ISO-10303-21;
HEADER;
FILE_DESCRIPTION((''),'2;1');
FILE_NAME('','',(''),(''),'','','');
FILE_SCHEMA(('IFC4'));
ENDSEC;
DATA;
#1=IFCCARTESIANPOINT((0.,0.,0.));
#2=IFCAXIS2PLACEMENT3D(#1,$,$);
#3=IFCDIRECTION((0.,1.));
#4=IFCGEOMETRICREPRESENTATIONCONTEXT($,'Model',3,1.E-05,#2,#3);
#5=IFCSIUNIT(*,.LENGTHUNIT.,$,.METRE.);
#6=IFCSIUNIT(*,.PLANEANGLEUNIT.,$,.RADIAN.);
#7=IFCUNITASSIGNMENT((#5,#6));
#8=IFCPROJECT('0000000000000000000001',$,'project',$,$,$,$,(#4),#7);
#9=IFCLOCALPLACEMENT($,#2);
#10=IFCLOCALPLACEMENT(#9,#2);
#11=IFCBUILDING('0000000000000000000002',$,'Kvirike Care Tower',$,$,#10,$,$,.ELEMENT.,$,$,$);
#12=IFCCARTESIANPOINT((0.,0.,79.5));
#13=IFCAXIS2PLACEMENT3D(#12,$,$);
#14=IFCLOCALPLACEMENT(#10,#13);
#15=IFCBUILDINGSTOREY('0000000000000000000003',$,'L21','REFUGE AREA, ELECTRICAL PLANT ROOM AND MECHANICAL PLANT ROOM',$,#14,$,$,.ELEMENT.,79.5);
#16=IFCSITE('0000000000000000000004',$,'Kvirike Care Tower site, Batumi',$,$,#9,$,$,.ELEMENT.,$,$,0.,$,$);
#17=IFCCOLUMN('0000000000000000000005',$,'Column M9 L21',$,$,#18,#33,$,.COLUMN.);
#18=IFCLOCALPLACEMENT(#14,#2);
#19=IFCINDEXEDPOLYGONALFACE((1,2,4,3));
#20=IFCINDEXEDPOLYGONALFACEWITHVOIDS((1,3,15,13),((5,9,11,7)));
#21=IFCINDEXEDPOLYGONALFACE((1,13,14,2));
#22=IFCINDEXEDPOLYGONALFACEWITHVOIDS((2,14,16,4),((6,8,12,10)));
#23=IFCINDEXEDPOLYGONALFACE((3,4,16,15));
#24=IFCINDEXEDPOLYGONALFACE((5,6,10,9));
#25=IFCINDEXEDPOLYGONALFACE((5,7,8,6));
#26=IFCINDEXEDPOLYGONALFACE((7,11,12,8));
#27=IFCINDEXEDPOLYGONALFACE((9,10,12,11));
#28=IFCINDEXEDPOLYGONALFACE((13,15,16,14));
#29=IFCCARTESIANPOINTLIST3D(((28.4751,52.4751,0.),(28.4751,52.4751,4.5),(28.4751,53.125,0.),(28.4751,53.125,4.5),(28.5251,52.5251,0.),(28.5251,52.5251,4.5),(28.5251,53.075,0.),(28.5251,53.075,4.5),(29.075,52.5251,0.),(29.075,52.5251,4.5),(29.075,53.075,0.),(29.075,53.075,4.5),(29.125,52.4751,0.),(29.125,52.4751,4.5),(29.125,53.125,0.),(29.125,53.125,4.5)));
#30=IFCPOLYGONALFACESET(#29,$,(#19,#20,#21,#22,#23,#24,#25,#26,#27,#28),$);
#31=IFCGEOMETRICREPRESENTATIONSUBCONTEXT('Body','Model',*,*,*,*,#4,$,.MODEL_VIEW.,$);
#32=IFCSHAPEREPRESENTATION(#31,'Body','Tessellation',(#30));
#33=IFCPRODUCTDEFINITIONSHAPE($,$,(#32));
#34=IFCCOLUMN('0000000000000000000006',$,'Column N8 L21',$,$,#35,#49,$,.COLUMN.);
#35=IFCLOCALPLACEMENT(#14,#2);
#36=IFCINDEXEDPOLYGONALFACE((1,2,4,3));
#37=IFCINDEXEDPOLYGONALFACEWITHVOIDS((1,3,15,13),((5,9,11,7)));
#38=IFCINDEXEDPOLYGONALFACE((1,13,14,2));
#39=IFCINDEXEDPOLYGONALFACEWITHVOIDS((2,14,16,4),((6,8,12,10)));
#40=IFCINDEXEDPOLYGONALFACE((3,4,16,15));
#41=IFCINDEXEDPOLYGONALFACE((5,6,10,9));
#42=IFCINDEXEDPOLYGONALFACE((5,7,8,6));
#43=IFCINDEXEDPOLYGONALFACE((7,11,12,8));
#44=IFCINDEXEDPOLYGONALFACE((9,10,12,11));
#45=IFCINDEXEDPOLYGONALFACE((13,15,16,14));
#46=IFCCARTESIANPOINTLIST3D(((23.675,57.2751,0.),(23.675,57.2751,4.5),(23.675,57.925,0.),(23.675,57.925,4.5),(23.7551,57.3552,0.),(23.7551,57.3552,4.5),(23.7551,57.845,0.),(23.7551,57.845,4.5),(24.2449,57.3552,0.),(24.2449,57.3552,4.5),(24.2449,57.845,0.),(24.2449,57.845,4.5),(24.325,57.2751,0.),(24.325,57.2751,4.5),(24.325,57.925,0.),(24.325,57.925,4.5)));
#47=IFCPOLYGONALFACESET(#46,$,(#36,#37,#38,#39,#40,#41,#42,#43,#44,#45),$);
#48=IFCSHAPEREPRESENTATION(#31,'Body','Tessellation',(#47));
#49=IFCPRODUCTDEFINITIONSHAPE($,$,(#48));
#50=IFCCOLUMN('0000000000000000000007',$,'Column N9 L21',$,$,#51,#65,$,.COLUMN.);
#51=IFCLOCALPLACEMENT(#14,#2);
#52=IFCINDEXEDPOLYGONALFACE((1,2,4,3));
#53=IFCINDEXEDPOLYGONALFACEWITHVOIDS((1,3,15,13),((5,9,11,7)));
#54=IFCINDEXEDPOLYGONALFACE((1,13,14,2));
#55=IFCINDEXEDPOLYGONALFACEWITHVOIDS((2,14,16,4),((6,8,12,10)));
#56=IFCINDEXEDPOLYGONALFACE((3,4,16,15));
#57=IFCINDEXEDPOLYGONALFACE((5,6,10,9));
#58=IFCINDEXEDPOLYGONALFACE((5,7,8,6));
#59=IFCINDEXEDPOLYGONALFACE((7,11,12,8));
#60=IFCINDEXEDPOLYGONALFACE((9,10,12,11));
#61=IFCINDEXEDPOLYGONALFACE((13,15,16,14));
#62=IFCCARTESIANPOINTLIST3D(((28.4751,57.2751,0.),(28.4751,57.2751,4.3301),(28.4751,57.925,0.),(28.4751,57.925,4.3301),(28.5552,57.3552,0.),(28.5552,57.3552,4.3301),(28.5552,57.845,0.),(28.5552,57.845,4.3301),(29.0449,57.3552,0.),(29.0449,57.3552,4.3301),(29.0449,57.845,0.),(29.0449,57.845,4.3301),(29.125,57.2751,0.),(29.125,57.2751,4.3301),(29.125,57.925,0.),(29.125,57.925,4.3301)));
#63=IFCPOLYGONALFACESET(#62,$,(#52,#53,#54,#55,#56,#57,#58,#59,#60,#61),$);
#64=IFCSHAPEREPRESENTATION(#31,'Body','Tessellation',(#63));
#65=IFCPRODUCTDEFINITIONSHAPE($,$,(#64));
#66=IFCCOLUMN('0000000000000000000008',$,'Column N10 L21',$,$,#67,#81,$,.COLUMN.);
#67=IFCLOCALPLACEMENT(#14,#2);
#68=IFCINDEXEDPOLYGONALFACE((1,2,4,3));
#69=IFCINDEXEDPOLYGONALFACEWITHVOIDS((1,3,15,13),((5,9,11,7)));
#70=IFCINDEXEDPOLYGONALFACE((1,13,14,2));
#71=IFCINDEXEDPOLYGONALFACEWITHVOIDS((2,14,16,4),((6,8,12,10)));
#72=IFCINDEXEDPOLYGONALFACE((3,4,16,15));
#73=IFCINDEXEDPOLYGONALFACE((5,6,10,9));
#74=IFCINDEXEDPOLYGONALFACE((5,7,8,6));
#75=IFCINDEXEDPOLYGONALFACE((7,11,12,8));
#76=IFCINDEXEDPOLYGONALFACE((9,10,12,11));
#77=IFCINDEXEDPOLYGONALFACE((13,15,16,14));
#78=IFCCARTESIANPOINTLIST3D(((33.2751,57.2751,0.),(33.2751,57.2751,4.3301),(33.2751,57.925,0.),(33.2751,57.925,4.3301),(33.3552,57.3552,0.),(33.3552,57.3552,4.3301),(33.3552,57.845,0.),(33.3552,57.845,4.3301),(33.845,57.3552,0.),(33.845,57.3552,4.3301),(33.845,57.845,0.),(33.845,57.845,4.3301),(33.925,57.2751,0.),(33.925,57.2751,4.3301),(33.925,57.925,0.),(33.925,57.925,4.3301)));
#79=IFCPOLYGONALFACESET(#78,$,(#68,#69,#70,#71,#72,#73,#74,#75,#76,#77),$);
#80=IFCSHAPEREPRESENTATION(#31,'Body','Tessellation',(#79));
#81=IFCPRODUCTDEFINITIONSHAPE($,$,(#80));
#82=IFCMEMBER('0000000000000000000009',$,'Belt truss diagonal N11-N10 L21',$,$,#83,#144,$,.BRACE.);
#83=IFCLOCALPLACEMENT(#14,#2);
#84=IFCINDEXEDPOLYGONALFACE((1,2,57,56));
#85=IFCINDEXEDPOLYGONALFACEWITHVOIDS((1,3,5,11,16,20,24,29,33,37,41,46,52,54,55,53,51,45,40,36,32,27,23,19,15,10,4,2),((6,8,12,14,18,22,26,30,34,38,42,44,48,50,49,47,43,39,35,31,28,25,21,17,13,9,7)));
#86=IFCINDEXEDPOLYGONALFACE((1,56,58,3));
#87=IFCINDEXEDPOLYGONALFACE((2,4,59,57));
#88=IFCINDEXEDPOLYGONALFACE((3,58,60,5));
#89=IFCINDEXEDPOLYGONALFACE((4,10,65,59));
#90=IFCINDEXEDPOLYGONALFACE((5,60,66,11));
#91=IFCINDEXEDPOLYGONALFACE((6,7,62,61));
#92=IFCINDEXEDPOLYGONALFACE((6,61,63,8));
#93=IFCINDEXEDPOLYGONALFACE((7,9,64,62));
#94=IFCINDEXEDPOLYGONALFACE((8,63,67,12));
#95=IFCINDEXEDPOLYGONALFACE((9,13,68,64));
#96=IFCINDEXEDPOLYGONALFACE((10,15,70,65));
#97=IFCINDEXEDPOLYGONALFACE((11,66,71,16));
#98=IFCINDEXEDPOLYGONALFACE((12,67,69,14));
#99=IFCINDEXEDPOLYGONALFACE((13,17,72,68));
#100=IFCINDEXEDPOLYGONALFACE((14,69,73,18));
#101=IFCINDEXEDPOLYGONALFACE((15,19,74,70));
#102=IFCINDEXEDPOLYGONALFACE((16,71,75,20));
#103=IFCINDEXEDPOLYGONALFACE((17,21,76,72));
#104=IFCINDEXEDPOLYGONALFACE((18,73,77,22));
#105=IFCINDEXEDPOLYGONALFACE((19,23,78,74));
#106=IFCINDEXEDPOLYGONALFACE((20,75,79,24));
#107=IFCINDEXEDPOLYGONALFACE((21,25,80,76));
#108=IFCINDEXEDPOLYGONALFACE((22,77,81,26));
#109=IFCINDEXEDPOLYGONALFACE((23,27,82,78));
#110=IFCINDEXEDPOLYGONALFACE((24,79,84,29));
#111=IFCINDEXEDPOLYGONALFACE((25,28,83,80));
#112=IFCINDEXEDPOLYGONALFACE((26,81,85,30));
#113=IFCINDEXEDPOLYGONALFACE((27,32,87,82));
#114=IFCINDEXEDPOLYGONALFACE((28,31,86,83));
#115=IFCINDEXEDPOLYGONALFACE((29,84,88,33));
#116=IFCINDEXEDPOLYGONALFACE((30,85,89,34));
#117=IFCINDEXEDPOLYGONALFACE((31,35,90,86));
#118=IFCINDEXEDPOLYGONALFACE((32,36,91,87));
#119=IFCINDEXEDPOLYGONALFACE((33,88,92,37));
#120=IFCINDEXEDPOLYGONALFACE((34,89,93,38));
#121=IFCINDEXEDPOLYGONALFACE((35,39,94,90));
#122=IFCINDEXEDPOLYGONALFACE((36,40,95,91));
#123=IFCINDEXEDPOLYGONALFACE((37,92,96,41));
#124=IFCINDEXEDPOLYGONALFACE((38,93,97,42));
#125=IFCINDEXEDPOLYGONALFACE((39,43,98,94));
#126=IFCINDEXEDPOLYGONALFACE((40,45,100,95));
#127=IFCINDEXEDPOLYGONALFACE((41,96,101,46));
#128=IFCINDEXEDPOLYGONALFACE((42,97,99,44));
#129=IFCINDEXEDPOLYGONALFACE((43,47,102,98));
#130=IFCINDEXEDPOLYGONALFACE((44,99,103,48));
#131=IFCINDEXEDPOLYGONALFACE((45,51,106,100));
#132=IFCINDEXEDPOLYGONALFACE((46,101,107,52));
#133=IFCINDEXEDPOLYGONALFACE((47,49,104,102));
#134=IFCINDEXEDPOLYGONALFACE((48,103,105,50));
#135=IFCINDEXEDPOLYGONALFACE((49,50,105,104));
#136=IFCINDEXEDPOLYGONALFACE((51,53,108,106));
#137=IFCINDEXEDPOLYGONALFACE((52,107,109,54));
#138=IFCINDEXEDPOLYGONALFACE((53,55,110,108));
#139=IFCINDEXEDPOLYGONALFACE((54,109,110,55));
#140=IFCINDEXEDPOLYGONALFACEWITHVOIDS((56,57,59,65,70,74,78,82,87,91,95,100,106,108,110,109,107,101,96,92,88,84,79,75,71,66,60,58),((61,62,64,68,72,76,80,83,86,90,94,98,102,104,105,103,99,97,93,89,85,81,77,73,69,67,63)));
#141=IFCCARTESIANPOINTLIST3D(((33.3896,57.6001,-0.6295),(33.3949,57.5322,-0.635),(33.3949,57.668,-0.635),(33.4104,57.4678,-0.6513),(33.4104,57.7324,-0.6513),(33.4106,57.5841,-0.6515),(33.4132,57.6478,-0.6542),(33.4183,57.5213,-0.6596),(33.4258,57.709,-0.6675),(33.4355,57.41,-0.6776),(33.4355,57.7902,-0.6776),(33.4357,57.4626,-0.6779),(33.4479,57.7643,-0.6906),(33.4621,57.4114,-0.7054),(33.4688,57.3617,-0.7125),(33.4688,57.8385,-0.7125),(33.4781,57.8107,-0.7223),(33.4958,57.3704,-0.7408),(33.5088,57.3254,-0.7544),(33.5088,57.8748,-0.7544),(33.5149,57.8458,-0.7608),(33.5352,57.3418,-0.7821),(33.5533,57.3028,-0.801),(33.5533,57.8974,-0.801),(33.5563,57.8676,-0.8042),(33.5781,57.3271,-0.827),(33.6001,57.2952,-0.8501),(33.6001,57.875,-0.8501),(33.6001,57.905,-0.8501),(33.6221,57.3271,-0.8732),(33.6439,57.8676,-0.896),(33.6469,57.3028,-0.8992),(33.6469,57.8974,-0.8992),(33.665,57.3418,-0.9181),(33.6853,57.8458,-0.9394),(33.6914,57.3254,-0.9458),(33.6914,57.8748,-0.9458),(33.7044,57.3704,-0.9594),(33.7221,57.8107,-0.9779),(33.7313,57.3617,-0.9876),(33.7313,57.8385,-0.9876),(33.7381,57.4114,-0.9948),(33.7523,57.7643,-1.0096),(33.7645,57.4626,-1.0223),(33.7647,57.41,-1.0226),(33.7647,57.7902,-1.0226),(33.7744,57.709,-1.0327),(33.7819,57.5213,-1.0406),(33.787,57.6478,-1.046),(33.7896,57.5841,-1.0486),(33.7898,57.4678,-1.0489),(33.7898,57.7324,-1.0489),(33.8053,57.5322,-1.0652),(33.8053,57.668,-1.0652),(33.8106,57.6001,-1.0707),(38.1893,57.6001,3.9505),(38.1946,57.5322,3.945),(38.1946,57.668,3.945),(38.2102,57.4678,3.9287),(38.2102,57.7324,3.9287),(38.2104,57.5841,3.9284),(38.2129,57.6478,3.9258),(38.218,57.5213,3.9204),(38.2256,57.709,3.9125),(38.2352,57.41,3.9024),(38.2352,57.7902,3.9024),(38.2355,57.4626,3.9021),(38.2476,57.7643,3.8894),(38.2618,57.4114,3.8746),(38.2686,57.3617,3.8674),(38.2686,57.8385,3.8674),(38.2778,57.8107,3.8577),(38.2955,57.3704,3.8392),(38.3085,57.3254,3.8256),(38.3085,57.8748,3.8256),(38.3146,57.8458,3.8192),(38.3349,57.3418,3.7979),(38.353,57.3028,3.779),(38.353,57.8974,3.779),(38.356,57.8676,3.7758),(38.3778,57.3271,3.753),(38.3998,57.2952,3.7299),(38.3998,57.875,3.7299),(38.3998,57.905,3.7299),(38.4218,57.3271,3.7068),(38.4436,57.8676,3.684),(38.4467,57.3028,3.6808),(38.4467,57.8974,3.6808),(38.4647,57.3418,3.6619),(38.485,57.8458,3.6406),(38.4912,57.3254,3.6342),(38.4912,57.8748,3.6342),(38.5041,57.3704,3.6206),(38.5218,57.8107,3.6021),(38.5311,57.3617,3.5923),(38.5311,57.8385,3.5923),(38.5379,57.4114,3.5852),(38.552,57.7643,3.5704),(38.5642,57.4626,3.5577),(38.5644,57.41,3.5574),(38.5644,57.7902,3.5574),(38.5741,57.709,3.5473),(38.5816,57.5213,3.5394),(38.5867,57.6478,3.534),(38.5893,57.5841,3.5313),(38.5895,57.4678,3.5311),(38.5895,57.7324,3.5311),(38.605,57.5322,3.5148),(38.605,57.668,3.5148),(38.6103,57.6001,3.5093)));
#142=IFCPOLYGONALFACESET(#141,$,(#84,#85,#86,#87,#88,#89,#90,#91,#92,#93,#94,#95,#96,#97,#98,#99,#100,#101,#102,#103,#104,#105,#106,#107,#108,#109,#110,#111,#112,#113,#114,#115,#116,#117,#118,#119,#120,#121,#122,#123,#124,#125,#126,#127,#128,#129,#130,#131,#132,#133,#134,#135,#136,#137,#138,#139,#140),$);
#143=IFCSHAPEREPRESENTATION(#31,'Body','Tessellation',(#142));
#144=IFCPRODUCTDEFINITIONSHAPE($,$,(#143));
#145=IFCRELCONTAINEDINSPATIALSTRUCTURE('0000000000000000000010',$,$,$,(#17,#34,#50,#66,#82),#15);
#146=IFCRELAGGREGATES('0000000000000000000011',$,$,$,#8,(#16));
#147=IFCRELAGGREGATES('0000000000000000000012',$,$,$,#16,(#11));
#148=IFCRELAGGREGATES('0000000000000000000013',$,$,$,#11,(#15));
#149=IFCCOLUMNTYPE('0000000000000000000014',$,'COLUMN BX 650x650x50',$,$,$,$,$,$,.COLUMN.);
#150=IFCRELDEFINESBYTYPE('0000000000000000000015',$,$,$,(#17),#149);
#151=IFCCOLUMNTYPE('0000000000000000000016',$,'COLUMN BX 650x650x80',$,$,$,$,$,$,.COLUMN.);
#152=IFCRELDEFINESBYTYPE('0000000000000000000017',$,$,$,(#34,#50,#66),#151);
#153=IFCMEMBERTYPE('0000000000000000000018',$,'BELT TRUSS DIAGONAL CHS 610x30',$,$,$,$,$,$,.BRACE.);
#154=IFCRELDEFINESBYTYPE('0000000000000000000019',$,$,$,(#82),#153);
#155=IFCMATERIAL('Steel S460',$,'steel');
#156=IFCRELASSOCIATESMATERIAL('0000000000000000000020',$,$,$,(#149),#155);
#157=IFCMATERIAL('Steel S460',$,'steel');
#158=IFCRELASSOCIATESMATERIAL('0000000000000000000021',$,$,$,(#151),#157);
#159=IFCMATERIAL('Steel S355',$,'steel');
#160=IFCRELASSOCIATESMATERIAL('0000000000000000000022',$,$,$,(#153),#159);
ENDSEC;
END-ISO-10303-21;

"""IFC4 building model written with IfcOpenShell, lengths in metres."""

from ifc_helpers import new_model, si_unit, direction, frame, origin, origin_2d, place, context, subcontext, project, spatial, hollow_rectangle, hollow_circle, extrude, material, material_profile, profile_set, type_object, element, save


model = new_model("IFC4")

# Units and contexts
model_context = context("Model", 3, precision=1e-05, world=origin(), true_north=direction((0.0, 1.0)))
body_context = subcontext(model_context, "Body", "Model", "MODEL_VIEW")
ifc_project = project(units=[si_unit("LENGTHUNIT", "METRE"), si_unit("PLANEANGLEUNIT", "RADIAN")], contexts=[model_context])

# Site, building, storey
site_placement = place(None, origin())
site = spatial("IfcSite", under=ifc_project, at=site_placement, Name="Kvirike Care Tower site, Batumi", CompositionType="ELEMENT", RefElevation=0.0)
building_placement = place(site_placement, origin())
building = spatial("IfcBuilding", under=site, at=building_placement, Name="Kvirike Care Tower", CompositionType="ELEMENT")
storey_placement = place(building_placement, frame((0.0, 0.0, 79.5)))
storey = spatial("IfcBuildingStorey", under=building, at=storey_placement, Name="L21", Description="REFUGE AREA, ELECTRICAL PLANT ROOM AND MECHANICAL PLANT ROOM", CompositionType="ELEMENT", Elevation=79.5)

# Columns
ifc_material_1 = material(Name="Steel S460", Category="steel")
ifc_material_profile_1 = material_profile(ifc_material_1, hollow_rectangle(XDim=0.6499, YDim=0.6499, WallThickness=0.05, at=origin_2d()), Name="BX 650x650x50")
ifc_profile_set_1 = profile_set([ifc_material_profile_1], Name="Steel S460")
column_type_1 = type_object("IfcColumnType", Name="COLUMN BX 650x650x50", PredefinedType="COLUMN", material=ifc_profile_set_1)
column_1_placement = place(storey_placement, frame((28.8, 52.8, 0.0), z_axis=(0.0, 0.0, 1.0), x_axis=(1.0, 0.0, 0.0)))
element("IfcColumn", 1, at=column_1_placement, inside=storey, type_object=column_type_1, Name="Column M9 L21", PredefinedType="COLUMN", context=body_context, shape_type="SweptSolid", body=[
    extrude(hollow_rectangle(XDim=0.6499, YDim=0.6499, WallThickness=0.05, at=origin_2d()), origin(), (0.0, 0.0, 1.0), 4.5),
])
ifc_material_2 = material(Name="Steel S460", Category="steel")
ifc_material_profile_2 = material_profile(ifc_material_2, hollow_rectangle(XDim=0.6499, YDim=0.6499, WallThickness=0.0801, at=origin_2d()), Name="BX 650x650x80")
ifc_profile_set_2 = profile_set([ifc_material_profile_2], Name="Steel S460")
column_type_2 = type_object("IfcColumnType", Name="COLUMN BX 650x650x80", PredefinedType="COLUMN", material=ifc_profile_set_2)
column_2_placement = place(storey_placement, frame((24.0, 57.6001, 0.0), z_axis=(0.0, 0.0, 1.0), x_axis=(0.0, 1.0, 0.0)))
element("IfcColumn", 2, at=column_2_placement, inside=storey, type_object=column_type_2, Name="Column N8 L21", PredefinedType="COLUMN", context=body_context, shape_type="SweptSolid", body=[
    extrude(hollow_rectangle(XDim=0.6499, YDim=0.6499, WallThickness=0.0801, at=origin_2d()), origin(), (0.0, 0.0, 1.0), 4.5),
])
for number, where, z_axis, x_axis, name in (
    (3, (28.8, 57.6001, 0.0), (0.0, 0.0, 1.0), (0.0, 1.0, 0.0), "Column N9 L21"),
    (4, (33.6001, 57.6001, 0.0), (0.0, 0.0, 1.0), (0.0, 1.0, 0.0), "Column N10 L21"),
):
    element("IfcColumn", number, at=place(storey_placement, frame(where, z_axis=z_axis, x_axis=x_axis)), inside=storey, type_object=column_type_2, Name=name, PredefinedType="COLUMN", context=body_context, shape_type="SweptSolid", body=[
        extrude(hollow_rectangle(XDim=0.6499, YDim=0.6499, WallThickness=0.0801, at=origin_2d()), origin(), (0.0, 0.0, 1.0), 4.3301),
    ])

# Member
ifc_material_3 = material(Name="Steel S355", Category="steel")
ifc_material_profile_3 = material_profile(ifc_material_3, hollow_circle(Radius=0.3049, WallThickness=0.03, at=origin_2d()), Name="CHS 610x30")
ifc_profile_set_3 = profile_set([ifc_material_profile_3], Name="Steel S355")
member_type_1 = type_object("IfcMemberType", Name="BELT TRUSS DIAGONAL CHS 610x30", PredefinedType="BRACE", material=ifc_profile_set_3)
member_1_placement = place(storey_placement, frame((33.6001, 57.6001, -0.8501), z_axis=(0.723472, 0.0, 0.690353), x_axis=(0.0, 1.0, 0.0)))
element("IfcMember", 5, at=member_1_placement, inside=storey, type_object=member_type_1, Name="Belt truss diagonal N11-N10 L21", PredefinedType="BRACE", context=body_context, shape_type="SweptSolid", body=[
    extrude(hollow_circle(Radius=0.3049, WallThickness=0.03, at=origin_2d()), origin(), (0.0, 0.0, 1.0), 6.6343),
])

save(model, "model.ifc")
